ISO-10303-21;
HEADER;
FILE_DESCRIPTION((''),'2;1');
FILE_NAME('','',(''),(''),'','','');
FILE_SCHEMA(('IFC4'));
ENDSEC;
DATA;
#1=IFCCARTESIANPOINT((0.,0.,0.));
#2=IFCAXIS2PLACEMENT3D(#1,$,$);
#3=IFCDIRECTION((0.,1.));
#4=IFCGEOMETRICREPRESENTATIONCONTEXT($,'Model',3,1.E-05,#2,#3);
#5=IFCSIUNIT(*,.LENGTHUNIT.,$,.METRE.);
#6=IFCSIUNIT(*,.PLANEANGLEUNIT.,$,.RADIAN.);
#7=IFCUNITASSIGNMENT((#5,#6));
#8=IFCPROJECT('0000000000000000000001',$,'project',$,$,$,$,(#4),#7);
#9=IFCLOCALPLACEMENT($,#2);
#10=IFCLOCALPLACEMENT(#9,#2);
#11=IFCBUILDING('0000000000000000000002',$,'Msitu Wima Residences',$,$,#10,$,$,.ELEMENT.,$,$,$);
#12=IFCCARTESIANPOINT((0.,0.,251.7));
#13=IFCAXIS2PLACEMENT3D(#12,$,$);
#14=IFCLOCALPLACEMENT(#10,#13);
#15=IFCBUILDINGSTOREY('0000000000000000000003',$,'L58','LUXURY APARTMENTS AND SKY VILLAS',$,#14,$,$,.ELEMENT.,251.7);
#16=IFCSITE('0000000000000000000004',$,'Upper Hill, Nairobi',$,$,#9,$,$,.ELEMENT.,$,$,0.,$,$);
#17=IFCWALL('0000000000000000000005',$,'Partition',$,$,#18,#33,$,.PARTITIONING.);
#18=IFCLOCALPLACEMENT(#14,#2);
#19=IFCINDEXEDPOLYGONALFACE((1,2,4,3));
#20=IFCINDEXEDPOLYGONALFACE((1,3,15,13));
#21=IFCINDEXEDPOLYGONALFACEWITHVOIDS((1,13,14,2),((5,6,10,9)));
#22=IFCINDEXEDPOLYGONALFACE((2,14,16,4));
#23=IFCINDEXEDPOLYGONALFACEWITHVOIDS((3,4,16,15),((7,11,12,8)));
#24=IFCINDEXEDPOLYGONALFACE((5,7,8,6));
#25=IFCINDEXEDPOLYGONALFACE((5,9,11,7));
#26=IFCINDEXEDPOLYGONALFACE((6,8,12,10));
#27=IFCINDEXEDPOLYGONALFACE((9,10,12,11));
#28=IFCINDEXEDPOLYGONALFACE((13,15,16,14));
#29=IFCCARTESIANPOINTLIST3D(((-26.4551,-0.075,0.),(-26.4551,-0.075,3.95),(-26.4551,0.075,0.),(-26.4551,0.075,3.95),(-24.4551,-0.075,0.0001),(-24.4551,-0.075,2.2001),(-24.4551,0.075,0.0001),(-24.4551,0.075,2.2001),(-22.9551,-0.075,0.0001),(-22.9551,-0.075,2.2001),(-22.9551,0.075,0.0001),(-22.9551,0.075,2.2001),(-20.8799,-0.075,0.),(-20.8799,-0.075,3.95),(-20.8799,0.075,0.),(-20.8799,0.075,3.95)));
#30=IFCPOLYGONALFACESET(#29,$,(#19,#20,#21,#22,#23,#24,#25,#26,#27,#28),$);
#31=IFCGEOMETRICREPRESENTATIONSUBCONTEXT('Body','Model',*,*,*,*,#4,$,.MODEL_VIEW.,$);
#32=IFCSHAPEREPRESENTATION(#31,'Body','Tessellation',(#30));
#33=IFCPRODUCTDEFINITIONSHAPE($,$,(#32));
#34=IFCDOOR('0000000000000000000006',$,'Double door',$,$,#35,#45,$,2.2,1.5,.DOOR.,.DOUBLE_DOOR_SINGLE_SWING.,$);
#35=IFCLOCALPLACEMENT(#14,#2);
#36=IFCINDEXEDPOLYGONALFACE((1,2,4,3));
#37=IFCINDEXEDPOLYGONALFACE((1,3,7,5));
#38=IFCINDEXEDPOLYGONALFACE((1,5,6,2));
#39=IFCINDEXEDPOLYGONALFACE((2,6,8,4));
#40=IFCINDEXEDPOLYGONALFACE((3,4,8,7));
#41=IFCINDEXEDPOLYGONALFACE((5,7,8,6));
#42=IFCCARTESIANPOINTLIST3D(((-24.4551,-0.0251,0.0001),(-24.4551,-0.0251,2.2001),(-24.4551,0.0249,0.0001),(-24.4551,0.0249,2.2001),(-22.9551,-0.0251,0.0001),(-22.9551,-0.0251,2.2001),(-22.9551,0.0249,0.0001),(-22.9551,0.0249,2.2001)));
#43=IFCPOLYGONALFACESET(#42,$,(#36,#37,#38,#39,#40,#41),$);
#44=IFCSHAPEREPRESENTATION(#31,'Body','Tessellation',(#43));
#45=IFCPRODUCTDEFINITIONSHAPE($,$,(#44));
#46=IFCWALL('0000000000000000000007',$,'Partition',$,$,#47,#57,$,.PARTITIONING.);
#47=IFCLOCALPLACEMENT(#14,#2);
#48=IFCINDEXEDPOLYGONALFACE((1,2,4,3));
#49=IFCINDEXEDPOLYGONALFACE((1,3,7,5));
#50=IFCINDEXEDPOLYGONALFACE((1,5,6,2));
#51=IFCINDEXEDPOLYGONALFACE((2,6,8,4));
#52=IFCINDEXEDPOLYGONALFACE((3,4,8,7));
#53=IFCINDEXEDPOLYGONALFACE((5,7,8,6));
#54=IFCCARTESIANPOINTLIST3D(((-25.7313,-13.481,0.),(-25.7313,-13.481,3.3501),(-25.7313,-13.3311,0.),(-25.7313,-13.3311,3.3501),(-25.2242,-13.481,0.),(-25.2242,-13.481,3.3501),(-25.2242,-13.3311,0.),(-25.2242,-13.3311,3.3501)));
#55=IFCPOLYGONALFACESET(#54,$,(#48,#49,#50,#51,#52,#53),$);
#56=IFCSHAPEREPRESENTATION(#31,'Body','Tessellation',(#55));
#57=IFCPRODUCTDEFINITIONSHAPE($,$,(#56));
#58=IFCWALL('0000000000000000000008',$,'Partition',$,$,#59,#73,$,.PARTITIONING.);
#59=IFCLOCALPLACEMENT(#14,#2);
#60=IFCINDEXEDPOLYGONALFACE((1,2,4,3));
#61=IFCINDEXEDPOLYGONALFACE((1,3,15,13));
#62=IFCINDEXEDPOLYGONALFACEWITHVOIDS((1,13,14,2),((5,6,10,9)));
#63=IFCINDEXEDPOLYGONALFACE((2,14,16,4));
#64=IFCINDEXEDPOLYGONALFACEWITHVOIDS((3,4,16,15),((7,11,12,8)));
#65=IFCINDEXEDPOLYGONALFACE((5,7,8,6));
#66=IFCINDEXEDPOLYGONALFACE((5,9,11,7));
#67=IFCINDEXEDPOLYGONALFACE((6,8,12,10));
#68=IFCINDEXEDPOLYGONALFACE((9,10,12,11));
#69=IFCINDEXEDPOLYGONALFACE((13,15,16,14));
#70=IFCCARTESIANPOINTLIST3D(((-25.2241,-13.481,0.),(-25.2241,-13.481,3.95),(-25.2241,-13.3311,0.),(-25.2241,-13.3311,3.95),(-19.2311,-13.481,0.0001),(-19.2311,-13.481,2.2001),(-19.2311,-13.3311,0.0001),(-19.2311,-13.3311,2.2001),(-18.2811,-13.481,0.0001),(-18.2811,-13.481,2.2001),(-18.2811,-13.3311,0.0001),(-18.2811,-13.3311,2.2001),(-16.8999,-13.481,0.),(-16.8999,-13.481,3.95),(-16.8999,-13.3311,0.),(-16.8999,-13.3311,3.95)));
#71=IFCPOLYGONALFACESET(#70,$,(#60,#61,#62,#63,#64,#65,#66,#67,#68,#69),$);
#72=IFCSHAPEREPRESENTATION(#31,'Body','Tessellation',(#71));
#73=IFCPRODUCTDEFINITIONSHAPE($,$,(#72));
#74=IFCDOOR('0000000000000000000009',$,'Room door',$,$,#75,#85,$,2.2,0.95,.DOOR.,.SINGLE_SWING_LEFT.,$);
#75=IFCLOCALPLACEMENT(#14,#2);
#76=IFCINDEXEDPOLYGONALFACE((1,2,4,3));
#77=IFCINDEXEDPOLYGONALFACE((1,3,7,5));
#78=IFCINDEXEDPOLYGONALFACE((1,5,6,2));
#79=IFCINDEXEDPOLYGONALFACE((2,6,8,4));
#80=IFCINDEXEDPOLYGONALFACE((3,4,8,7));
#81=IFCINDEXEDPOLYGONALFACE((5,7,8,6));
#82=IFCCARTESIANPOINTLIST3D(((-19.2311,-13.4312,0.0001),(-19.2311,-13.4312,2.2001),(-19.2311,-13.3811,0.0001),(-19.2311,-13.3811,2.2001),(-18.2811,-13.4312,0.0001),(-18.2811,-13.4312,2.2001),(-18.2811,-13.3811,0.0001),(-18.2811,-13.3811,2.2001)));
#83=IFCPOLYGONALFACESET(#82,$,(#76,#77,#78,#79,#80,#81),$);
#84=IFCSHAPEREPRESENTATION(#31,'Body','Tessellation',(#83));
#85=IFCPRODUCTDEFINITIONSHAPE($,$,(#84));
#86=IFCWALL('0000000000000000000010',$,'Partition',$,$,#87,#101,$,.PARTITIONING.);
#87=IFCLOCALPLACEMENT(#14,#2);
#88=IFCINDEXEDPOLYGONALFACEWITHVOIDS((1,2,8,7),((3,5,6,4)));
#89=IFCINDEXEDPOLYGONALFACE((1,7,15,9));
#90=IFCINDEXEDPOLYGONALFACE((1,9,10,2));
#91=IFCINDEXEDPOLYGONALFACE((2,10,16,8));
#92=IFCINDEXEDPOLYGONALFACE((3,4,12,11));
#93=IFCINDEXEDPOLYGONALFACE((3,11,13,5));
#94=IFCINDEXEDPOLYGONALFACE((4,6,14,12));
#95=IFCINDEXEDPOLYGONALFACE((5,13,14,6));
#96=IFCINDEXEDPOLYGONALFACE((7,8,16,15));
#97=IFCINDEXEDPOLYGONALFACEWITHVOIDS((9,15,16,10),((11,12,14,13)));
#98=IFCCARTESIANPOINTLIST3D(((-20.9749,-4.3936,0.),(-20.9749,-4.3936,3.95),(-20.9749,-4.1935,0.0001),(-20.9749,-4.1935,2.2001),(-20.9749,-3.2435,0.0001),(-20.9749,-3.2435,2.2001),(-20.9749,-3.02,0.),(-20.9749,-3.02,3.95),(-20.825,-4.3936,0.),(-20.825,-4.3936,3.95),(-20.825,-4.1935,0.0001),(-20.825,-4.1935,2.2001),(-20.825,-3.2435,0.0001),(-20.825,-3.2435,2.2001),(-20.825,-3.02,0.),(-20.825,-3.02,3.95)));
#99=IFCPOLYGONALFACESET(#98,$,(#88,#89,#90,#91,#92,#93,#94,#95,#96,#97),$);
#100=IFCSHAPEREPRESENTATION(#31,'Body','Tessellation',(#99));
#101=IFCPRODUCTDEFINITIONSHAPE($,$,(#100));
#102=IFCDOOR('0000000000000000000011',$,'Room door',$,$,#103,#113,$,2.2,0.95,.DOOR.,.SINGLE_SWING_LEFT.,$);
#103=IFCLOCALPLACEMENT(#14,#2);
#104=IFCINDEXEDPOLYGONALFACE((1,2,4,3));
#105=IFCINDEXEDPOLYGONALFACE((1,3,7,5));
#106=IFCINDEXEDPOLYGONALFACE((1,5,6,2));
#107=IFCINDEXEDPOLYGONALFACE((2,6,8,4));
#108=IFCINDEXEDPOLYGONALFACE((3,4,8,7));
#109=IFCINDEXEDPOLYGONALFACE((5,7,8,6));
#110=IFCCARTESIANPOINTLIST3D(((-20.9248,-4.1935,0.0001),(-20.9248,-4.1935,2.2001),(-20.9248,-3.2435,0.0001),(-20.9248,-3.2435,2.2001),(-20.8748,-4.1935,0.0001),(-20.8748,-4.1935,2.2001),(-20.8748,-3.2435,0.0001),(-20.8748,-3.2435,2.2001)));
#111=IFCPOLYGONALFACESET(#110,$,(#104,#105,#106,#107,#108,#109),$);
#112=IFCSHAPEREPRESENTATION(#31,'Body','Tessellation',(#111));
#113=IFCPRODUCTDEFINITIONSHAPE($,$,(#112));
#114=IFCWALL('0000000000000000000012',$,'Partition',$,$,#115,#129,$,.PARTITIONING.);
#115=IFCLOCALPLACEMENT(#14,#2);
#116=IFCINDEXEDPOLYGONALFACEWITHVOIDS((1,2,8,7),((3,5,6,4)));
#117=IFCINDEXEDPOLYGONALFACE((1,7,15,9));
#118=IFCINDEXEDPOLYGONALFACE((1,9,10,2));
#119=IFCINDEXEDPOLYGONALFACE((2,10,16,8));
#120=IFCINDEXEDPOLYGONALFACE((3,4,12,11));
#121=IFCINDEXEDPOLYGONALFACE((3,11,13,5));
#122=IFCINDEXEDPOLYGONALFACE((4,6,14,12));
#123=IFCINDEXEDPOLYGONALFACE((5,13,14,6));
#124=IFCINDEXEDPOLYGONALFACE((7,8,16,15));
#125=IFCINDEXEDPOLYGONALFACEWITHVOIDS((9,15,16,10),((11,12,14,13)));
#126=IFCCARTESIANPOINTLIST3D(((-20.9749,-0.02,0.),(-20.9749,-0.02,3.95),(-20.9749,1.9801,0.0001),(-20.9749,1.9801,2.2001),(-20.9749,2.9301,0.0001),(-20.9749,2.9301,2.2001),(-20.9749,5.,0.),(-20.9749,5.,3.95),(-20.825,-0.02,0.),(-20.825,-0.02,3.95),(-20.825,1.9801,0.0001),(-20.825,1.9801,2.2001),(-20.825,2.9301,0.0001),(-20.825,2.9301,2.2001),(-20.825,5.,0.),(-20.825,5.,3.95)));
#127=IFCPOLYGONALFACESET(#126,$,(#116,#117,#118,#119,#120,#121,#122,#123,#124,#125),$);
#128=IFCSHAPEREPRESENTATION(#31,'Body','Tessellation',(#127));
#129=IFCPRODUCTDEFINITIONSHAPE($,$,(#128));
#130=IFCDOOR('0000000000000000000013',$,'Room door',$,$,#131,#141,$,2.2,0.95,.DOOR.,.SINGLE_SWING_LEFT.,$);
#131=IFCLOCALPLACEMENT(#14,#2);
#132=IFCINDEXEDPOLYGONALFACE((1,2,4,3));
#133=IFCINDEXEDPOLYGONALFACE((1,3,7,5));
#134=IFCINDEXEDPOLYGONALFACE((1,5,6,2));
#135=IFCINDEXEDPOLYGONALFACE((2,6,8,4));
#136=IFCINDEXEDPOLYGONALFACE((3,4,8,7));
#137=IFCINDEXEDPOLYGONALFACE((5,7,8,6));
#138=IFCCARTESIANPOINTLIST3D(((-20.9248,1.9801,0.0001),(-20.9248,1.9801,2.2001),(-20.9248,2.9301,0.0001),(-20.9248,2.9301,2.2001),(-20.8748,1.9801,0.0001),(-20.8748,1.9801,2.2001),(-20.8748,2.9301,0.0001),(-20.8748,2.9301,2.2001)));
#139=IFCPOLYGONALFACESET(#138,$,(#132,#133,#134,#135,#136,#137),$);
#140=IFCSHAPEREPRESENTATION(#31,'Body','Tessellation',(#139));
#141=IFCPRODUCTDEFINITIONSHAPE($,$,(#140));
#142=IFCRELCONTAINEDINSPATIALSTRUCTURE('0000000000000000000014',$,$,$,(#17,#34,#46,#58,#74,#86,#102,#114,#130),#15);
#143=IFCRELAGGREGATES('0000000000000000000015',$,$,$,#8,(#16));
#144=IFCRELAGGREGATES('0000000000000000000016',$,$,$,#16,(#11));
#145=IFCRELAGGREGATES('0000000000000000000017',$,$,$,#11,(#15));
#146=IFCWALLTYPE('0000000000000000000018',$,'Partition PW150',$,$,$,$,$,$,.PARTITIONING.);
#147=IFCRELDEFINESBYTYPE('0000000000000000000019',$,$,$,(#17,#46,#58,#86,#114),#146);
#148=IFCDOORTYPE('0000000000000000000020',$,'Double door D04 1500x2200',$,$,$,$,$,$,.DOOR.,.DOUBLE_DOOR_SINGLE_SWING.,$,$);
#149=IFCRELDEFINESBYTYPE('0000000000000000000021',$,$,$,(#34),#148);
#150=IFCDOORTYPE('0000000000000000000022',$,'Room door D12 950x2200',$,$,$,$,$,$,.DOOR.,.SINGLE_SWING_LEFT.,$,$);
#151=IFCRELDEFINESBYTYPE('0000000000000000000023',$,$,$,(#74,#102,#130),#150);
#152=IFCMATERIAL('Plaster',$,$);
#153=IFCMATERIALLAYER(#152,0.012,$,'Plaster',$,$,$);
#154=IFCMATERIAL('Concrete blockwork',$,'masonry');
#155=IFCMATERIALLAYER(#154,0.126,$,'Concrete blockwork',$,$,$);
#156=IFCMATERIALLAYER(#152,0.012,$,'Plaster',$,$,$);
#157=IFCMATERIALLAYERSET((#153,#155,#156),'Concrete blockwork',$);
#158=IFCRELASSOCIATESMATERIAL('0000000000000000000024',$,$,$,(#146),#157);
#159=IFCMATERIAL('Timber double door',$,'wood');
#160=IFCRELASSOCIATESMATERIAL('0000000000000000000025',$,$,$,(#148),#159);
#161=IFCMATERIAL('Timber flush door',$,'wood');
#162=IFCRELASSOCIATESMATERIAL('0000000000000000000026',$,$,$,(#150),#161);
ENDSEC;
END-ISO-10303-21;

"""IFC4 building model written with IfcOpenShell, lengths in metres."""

from ifc_helpers import new_model, si_unit, direction, frame, frame_2d, origin, place, context, subcontext, project, spatial, rectangle, extrude, material, layer, layer_set, type_object, element, fill, save


model = new_model("IFC4")

# Units and contexts
model_context = context("Model", 3, precision=1e-05, world=origin(), true_north=direction((0.0, 1.0)))
body_context = subcontext(model_context, "Body", "Model", "MODEL_VIEW")
ifc_project = project(units=[si_unit("LENGTHUNIT", "METRE"), si_unit("PLANEANGLEUNIT", "RADIAN")], contexts=[model_context])

# Site, building, storey
site_placement = place(None, origin())
site = spatial("IfcSite", under=ifc_project, at=site_placement, Name="Upper Hill, Nairobi", CompositionType="ELEMENT", RefElevation=0.0)
building_placement = place(site_placement, origin())
building = spatial("IfcBuilding", under=site, at=building_placement, Name="Msitu Wima Residences", CompositionType="ELEMENT")
storey_placement = place(building_placement, frame((0.0, 0.0, 251.7)))
storey = spatial("IfcBuildingStorey", under=building, at=storey_placement, Name="L58", Description="LUXURY APARTMENTS AND SKY VILLAS", CompositionType="ELEMENT", Elevation=251.7)

# Shared definitions
ifc_material_1 = material(Name="Plaster")
ifc_layer_1 = layer(ifc_material_1, 0.012, Name="Plaster")
ifc_material_2 = material(Name="Concrete blockwork", Category="masonry")
ifc_layer_2 = layer(ifc_material_2, 0.126, Name="Concrete blockwork")
ifc_layer_3 = layer(ifc_material_1, 0.012, Name="Plaster")
ifc_layer_set_1 = layer_set([ifc_layer_1, ifc_layer_2, ifc_layer_3], Name="Concrete blockwork")
wall_type_1 = type_object("IfcWallType", Name="Partition PW150", PredefinedType="PARTITIONING", material=ifc_layer_set_1)

# Wall, opening, door
wall_1_placement = place(storey_placement, frame((-26.4551, 0.0, 0.0), z_axis=(0.0, 0.0, 1.0), x_axis=(1.0, 0.0, 0.0)))
wall_1 = element("IfcWall", 1, at=wall_1_placement, inside=storey, type_object=wall_type_1, Name="Partition", PredefinedType="PARTITIONING", context=body_context, shape_type="SweptSolid", body=[
    extrude(rectangle(XDim=5.5752, YDim=0.1499, at=frame_2d((2.7876, 0.0))), origin(), (0.0, 0.0, 1.0), 3.95),
])
opening_1_placement = place(wall_1_placement, frame((2.0, 0.0, 0.0)))
opening_1 = element("IfcOpeningElement", 2, at=opening_1_placement, cuts=wall_1, PredefinedType="OPENING", context=body_context, shape_type="SweptSolid", body=[
    extrude(rectangle(XDim=1.5, YDim=2.2, at=frame_2d((0.75, 1.1001))), frame((0.0, 0.085, 0.0), z_axis=(0.0, -1.0, 0.0), x_axis=(1.0, 0.0, 0.0)), (0.0, 0.0, 1.0), 0.1699),
])
ifc_material_3 = material(Name="Timber double door", Category="wood")
door_type_1 = type_object("IfcDoorType", Name="Double door D04 1500x2200", OperationType="DOUBLE_DOOR_SINGLE_SWING", PredefinedType="DOOR", material=ifc_material_3)
door_1_placement = place(opening_1_placement, origin())
door_1 = element("IfcDoor", 3, at=door_1_placement, inside=storey, type_object=door_type_1, Name="Double door", OperationType="DOUBLE_DOOR_SINGLE_SWING", OverallHeight=2.2, OverallWidth=1.5, PredefinedType="DOOR", context=body_context, shape_type="SweptSolid", body=[
    extrude(rectangle(XDim=1.5, YDim=2.2, at=frame_2d((0.75, 1.1001))), frame((0.0, 0.0249, 0.0), z_axis=(0.0, -1.0, 0.0), x_axis=(1.0, 0.0, 0.0)), (0.0, 0.0, 1.0), 0.05),
])
fill(opening_1, door_1)

# Wall
wall_2_placement = place(storey_placement, frame((-25.7312, -13.406, 0.0), z_axis=(0.0, 0.0, 1.0), x_axis=(1.0, 0.0, 0.0)))
element("IfcWall", 4, at=wall_2_placement, inside=storey, type_object=wall_type_1, Name="Partition", PredefinedType="PARTITIONING", context=body_context, shape_type="SweptSolid", body=[
    extrude(rectangle(XDim=0.5071, YDim=0.1499, at=frame_2d((0.2534, 0.0))), origin(), (0.0, 0.0, 1.0), 3.3501),
])

# Walls, openings, doors
wall_3_placement = place(storey_placement, frame((-25.2241, -13.406, 0.0), z_axis=(0.0, 0.0, 1.0), x_axis=(1.0, 0.0, 0.0)))
wall_3 = element("IfcWall", 5, at=wall_3_placement, inside=storey, type_object=wall_type_1, Name="Partition", PredefinedType="PARTITIONING", context=body_context, shape_type="SweptSolid", body=[
    extrude(rectangle(XDim=8.3242, YDim=0.1499, at=frame_2d((4.1621, 0.0))), origin(), (0.0, 0.0, 1.0), 3.95),
])
opening_2_placement = place(wall_3_placement, frame((5.9929, 0.0, 0.0)))
opening_2 = element("IfcOpeningElement", 6, at=opening_2_placement, cuts=wall_3, PredefinedType="OPENING", context=body_context, shape_type="SweptSolid", body=[
    extrude(rectangle(XDim=0.95, YDim=2.2, at=frame_2d((0.4751, 1.1001))), frame((0.0, 0.085, 0.0), z_axis=(0.0, -1.0, 0.0), x_axis=(1.0, 0.0, 0.0)), (0.0, 0.0, 1.0), 0.1699),
])
ifc_material_4 = material(Name="Timber flush door", Category="wood")
door_type_2 = type_object("IfcDoorType", Name="Room door D12 950x2200", OperationType="SINGLE_SWING_LEFT", PredefinedType="DOOR", material=ifc_material_4)
door_2_placement = place(opening_2_placement, origin())
door_2 = element("IfcDoor", 7, at=door_2_placement, inside=storey, type_object=door_type_2, Name="Room door", OperationType="SINGLE_SWING_LEFT", OverallHeight=2.2, OverallWidth=0.95, PredefinedType="DOOR", context=body_context, shape_type="SweptSolid", body=[
    extrude(rectangle(XDim=0.95, YDim=2.2, at=frame_2d((0.4751, 1.1001))), frame((0.0, 0.0249, 0.0), z_axis=(0.0, -1.0, 0.0), x_axis=(1.0, 0.0, 0.0)), (0.0, 0.0, 1.0), 0.05),
])
fill(opening_2, door_2)
wall_4_placement = place(storey_placement, frame((-20.8999, -4.3936, 0.0), z_axis=(0.0, 0.0, 1.0), x_axis=(0.0, 1.0, 0.0)))
wall_4 = element("IfcWall", 8, at=wall_4_placement, inside=storey, type_object=wall_type_1, Name="Partition", PredefinedType="PARTITIONING", context=body_context, shape_type="SweptSolid", body=[
    extrude(rectangle(XDim=1.3735, YDim=0.1499, at=frame_2d((0.6868, 0.0))), origin(), (0.0, 0.0, 1.0), 3.95),
])
opening_3_placement = place(wall_4_placement, frame((0.2, 0.0, 0.0)))
opening_3 = element("IfcOpeningElement", 9, at=opening_3_placement, cuts=wall_4, PredefinedType="OPENING", context=body_context, shape_type="SweptSolid", body=[
    extrude(rectangle(XDim=0.95, YDim=2.2, at=frame_2d((0.4751, 1.1001))), frame((0.0, 0.085, 0.0), z_axis=(0.0, -1.0, 0.0), x_axis=(1.0, 0.0, 0.0)), (0.0, 0.0, 1.0), 0.1699),
])
door_3_placement = place(opening_3_placement, origin())
door_3 = element("IfcDoor", 10, at=door_3_placement, inside=storey, type_object=door_type_2, Name="Room door", OperationType="SINGLE_SWING_LEFT", OverallHeight=2.2, OverallWidth=0.95, PredefinedType="DOOR", context=body_context, shape_type="SweptSolid", body=[
    extrude(rectangle(XDim=0.95, YDim=2.2, at=frame_2d((0.4751, 1.1001))), frame((0.0, 0.0249, 0.0), z_axis=(0.0, -1.0, 0.0), x_axis=(1.0, 0.0, 0.0)), (0.0, 0.0, 1.0), 0.05),
])
fill(opening_3, door_3)
wall_5_placement = place(storey_placement, frame((-20.8999, -0.02, 0.0), z_axis=(0.0, 0.0, 1.0), x_axis=(0.0, 1.0, 0.0)))
wall_5 = element("IfcWall", 11, at=wall_5_placement, inside=storey, type_object=wall_type_1, Name="Partition", PredefinedType="PARTITIONING", context=body_context, shape_type="SweptSolid", body=[
    extrude(rectangle(XDim=5.02, YDim=0.1499, at=frame_2d((2.51, 0.0))), origin(), (0.0, 0.0, 1.0), 3.95),
])
opening_4_placement = place(wall_5_placement, frame((2.0, 0.0, 0.0)))
opening_4 = element("IfcOpeningElement", 12, at=opening_4_placement, cuts=wall_5, PredefinedType="OPENING", context=body_context, shape_type="SweptSolid", body=[
    extrude(rectangle(XDim=0.95, YDim=2.2, at=frame_2d((0.4751, 1.1001))), frame((0.0, 0.085, 0.0), z_axis=(0.0, -1.0, 0.0), x_axis=(1.0, 0.0, 0.0)), (0.0, 0.0, 1.0), 0.1699),
])
door_4_placement = place(opening_4_placement, origin())
door_4 = element("IfcDoor", 13, at=door_4_placement, inside=storey, type_object=door_type_2, Name="Room door", OperationType="SINGLE_SWING_LEFT", OverallHeight=2.2, OverallWidth=0.95, PredefinedType="DOOR", context=body_context, shape_type="SweptSolid", body=[
    extrude(rectangle(XDim=0.95, YDim=2.2, at=frame_2d((0.4751, 1.1001))), frame((0.0, 0.0249, 0.0), z_axis=(0.0, -1.0, 0.0), x_axis=(1.0, 0.0, 0.0)), (0.0, 0.0, 1.0), 0.05),
])
fill(opening_4, door_4)

save(model, "model.ifc")
